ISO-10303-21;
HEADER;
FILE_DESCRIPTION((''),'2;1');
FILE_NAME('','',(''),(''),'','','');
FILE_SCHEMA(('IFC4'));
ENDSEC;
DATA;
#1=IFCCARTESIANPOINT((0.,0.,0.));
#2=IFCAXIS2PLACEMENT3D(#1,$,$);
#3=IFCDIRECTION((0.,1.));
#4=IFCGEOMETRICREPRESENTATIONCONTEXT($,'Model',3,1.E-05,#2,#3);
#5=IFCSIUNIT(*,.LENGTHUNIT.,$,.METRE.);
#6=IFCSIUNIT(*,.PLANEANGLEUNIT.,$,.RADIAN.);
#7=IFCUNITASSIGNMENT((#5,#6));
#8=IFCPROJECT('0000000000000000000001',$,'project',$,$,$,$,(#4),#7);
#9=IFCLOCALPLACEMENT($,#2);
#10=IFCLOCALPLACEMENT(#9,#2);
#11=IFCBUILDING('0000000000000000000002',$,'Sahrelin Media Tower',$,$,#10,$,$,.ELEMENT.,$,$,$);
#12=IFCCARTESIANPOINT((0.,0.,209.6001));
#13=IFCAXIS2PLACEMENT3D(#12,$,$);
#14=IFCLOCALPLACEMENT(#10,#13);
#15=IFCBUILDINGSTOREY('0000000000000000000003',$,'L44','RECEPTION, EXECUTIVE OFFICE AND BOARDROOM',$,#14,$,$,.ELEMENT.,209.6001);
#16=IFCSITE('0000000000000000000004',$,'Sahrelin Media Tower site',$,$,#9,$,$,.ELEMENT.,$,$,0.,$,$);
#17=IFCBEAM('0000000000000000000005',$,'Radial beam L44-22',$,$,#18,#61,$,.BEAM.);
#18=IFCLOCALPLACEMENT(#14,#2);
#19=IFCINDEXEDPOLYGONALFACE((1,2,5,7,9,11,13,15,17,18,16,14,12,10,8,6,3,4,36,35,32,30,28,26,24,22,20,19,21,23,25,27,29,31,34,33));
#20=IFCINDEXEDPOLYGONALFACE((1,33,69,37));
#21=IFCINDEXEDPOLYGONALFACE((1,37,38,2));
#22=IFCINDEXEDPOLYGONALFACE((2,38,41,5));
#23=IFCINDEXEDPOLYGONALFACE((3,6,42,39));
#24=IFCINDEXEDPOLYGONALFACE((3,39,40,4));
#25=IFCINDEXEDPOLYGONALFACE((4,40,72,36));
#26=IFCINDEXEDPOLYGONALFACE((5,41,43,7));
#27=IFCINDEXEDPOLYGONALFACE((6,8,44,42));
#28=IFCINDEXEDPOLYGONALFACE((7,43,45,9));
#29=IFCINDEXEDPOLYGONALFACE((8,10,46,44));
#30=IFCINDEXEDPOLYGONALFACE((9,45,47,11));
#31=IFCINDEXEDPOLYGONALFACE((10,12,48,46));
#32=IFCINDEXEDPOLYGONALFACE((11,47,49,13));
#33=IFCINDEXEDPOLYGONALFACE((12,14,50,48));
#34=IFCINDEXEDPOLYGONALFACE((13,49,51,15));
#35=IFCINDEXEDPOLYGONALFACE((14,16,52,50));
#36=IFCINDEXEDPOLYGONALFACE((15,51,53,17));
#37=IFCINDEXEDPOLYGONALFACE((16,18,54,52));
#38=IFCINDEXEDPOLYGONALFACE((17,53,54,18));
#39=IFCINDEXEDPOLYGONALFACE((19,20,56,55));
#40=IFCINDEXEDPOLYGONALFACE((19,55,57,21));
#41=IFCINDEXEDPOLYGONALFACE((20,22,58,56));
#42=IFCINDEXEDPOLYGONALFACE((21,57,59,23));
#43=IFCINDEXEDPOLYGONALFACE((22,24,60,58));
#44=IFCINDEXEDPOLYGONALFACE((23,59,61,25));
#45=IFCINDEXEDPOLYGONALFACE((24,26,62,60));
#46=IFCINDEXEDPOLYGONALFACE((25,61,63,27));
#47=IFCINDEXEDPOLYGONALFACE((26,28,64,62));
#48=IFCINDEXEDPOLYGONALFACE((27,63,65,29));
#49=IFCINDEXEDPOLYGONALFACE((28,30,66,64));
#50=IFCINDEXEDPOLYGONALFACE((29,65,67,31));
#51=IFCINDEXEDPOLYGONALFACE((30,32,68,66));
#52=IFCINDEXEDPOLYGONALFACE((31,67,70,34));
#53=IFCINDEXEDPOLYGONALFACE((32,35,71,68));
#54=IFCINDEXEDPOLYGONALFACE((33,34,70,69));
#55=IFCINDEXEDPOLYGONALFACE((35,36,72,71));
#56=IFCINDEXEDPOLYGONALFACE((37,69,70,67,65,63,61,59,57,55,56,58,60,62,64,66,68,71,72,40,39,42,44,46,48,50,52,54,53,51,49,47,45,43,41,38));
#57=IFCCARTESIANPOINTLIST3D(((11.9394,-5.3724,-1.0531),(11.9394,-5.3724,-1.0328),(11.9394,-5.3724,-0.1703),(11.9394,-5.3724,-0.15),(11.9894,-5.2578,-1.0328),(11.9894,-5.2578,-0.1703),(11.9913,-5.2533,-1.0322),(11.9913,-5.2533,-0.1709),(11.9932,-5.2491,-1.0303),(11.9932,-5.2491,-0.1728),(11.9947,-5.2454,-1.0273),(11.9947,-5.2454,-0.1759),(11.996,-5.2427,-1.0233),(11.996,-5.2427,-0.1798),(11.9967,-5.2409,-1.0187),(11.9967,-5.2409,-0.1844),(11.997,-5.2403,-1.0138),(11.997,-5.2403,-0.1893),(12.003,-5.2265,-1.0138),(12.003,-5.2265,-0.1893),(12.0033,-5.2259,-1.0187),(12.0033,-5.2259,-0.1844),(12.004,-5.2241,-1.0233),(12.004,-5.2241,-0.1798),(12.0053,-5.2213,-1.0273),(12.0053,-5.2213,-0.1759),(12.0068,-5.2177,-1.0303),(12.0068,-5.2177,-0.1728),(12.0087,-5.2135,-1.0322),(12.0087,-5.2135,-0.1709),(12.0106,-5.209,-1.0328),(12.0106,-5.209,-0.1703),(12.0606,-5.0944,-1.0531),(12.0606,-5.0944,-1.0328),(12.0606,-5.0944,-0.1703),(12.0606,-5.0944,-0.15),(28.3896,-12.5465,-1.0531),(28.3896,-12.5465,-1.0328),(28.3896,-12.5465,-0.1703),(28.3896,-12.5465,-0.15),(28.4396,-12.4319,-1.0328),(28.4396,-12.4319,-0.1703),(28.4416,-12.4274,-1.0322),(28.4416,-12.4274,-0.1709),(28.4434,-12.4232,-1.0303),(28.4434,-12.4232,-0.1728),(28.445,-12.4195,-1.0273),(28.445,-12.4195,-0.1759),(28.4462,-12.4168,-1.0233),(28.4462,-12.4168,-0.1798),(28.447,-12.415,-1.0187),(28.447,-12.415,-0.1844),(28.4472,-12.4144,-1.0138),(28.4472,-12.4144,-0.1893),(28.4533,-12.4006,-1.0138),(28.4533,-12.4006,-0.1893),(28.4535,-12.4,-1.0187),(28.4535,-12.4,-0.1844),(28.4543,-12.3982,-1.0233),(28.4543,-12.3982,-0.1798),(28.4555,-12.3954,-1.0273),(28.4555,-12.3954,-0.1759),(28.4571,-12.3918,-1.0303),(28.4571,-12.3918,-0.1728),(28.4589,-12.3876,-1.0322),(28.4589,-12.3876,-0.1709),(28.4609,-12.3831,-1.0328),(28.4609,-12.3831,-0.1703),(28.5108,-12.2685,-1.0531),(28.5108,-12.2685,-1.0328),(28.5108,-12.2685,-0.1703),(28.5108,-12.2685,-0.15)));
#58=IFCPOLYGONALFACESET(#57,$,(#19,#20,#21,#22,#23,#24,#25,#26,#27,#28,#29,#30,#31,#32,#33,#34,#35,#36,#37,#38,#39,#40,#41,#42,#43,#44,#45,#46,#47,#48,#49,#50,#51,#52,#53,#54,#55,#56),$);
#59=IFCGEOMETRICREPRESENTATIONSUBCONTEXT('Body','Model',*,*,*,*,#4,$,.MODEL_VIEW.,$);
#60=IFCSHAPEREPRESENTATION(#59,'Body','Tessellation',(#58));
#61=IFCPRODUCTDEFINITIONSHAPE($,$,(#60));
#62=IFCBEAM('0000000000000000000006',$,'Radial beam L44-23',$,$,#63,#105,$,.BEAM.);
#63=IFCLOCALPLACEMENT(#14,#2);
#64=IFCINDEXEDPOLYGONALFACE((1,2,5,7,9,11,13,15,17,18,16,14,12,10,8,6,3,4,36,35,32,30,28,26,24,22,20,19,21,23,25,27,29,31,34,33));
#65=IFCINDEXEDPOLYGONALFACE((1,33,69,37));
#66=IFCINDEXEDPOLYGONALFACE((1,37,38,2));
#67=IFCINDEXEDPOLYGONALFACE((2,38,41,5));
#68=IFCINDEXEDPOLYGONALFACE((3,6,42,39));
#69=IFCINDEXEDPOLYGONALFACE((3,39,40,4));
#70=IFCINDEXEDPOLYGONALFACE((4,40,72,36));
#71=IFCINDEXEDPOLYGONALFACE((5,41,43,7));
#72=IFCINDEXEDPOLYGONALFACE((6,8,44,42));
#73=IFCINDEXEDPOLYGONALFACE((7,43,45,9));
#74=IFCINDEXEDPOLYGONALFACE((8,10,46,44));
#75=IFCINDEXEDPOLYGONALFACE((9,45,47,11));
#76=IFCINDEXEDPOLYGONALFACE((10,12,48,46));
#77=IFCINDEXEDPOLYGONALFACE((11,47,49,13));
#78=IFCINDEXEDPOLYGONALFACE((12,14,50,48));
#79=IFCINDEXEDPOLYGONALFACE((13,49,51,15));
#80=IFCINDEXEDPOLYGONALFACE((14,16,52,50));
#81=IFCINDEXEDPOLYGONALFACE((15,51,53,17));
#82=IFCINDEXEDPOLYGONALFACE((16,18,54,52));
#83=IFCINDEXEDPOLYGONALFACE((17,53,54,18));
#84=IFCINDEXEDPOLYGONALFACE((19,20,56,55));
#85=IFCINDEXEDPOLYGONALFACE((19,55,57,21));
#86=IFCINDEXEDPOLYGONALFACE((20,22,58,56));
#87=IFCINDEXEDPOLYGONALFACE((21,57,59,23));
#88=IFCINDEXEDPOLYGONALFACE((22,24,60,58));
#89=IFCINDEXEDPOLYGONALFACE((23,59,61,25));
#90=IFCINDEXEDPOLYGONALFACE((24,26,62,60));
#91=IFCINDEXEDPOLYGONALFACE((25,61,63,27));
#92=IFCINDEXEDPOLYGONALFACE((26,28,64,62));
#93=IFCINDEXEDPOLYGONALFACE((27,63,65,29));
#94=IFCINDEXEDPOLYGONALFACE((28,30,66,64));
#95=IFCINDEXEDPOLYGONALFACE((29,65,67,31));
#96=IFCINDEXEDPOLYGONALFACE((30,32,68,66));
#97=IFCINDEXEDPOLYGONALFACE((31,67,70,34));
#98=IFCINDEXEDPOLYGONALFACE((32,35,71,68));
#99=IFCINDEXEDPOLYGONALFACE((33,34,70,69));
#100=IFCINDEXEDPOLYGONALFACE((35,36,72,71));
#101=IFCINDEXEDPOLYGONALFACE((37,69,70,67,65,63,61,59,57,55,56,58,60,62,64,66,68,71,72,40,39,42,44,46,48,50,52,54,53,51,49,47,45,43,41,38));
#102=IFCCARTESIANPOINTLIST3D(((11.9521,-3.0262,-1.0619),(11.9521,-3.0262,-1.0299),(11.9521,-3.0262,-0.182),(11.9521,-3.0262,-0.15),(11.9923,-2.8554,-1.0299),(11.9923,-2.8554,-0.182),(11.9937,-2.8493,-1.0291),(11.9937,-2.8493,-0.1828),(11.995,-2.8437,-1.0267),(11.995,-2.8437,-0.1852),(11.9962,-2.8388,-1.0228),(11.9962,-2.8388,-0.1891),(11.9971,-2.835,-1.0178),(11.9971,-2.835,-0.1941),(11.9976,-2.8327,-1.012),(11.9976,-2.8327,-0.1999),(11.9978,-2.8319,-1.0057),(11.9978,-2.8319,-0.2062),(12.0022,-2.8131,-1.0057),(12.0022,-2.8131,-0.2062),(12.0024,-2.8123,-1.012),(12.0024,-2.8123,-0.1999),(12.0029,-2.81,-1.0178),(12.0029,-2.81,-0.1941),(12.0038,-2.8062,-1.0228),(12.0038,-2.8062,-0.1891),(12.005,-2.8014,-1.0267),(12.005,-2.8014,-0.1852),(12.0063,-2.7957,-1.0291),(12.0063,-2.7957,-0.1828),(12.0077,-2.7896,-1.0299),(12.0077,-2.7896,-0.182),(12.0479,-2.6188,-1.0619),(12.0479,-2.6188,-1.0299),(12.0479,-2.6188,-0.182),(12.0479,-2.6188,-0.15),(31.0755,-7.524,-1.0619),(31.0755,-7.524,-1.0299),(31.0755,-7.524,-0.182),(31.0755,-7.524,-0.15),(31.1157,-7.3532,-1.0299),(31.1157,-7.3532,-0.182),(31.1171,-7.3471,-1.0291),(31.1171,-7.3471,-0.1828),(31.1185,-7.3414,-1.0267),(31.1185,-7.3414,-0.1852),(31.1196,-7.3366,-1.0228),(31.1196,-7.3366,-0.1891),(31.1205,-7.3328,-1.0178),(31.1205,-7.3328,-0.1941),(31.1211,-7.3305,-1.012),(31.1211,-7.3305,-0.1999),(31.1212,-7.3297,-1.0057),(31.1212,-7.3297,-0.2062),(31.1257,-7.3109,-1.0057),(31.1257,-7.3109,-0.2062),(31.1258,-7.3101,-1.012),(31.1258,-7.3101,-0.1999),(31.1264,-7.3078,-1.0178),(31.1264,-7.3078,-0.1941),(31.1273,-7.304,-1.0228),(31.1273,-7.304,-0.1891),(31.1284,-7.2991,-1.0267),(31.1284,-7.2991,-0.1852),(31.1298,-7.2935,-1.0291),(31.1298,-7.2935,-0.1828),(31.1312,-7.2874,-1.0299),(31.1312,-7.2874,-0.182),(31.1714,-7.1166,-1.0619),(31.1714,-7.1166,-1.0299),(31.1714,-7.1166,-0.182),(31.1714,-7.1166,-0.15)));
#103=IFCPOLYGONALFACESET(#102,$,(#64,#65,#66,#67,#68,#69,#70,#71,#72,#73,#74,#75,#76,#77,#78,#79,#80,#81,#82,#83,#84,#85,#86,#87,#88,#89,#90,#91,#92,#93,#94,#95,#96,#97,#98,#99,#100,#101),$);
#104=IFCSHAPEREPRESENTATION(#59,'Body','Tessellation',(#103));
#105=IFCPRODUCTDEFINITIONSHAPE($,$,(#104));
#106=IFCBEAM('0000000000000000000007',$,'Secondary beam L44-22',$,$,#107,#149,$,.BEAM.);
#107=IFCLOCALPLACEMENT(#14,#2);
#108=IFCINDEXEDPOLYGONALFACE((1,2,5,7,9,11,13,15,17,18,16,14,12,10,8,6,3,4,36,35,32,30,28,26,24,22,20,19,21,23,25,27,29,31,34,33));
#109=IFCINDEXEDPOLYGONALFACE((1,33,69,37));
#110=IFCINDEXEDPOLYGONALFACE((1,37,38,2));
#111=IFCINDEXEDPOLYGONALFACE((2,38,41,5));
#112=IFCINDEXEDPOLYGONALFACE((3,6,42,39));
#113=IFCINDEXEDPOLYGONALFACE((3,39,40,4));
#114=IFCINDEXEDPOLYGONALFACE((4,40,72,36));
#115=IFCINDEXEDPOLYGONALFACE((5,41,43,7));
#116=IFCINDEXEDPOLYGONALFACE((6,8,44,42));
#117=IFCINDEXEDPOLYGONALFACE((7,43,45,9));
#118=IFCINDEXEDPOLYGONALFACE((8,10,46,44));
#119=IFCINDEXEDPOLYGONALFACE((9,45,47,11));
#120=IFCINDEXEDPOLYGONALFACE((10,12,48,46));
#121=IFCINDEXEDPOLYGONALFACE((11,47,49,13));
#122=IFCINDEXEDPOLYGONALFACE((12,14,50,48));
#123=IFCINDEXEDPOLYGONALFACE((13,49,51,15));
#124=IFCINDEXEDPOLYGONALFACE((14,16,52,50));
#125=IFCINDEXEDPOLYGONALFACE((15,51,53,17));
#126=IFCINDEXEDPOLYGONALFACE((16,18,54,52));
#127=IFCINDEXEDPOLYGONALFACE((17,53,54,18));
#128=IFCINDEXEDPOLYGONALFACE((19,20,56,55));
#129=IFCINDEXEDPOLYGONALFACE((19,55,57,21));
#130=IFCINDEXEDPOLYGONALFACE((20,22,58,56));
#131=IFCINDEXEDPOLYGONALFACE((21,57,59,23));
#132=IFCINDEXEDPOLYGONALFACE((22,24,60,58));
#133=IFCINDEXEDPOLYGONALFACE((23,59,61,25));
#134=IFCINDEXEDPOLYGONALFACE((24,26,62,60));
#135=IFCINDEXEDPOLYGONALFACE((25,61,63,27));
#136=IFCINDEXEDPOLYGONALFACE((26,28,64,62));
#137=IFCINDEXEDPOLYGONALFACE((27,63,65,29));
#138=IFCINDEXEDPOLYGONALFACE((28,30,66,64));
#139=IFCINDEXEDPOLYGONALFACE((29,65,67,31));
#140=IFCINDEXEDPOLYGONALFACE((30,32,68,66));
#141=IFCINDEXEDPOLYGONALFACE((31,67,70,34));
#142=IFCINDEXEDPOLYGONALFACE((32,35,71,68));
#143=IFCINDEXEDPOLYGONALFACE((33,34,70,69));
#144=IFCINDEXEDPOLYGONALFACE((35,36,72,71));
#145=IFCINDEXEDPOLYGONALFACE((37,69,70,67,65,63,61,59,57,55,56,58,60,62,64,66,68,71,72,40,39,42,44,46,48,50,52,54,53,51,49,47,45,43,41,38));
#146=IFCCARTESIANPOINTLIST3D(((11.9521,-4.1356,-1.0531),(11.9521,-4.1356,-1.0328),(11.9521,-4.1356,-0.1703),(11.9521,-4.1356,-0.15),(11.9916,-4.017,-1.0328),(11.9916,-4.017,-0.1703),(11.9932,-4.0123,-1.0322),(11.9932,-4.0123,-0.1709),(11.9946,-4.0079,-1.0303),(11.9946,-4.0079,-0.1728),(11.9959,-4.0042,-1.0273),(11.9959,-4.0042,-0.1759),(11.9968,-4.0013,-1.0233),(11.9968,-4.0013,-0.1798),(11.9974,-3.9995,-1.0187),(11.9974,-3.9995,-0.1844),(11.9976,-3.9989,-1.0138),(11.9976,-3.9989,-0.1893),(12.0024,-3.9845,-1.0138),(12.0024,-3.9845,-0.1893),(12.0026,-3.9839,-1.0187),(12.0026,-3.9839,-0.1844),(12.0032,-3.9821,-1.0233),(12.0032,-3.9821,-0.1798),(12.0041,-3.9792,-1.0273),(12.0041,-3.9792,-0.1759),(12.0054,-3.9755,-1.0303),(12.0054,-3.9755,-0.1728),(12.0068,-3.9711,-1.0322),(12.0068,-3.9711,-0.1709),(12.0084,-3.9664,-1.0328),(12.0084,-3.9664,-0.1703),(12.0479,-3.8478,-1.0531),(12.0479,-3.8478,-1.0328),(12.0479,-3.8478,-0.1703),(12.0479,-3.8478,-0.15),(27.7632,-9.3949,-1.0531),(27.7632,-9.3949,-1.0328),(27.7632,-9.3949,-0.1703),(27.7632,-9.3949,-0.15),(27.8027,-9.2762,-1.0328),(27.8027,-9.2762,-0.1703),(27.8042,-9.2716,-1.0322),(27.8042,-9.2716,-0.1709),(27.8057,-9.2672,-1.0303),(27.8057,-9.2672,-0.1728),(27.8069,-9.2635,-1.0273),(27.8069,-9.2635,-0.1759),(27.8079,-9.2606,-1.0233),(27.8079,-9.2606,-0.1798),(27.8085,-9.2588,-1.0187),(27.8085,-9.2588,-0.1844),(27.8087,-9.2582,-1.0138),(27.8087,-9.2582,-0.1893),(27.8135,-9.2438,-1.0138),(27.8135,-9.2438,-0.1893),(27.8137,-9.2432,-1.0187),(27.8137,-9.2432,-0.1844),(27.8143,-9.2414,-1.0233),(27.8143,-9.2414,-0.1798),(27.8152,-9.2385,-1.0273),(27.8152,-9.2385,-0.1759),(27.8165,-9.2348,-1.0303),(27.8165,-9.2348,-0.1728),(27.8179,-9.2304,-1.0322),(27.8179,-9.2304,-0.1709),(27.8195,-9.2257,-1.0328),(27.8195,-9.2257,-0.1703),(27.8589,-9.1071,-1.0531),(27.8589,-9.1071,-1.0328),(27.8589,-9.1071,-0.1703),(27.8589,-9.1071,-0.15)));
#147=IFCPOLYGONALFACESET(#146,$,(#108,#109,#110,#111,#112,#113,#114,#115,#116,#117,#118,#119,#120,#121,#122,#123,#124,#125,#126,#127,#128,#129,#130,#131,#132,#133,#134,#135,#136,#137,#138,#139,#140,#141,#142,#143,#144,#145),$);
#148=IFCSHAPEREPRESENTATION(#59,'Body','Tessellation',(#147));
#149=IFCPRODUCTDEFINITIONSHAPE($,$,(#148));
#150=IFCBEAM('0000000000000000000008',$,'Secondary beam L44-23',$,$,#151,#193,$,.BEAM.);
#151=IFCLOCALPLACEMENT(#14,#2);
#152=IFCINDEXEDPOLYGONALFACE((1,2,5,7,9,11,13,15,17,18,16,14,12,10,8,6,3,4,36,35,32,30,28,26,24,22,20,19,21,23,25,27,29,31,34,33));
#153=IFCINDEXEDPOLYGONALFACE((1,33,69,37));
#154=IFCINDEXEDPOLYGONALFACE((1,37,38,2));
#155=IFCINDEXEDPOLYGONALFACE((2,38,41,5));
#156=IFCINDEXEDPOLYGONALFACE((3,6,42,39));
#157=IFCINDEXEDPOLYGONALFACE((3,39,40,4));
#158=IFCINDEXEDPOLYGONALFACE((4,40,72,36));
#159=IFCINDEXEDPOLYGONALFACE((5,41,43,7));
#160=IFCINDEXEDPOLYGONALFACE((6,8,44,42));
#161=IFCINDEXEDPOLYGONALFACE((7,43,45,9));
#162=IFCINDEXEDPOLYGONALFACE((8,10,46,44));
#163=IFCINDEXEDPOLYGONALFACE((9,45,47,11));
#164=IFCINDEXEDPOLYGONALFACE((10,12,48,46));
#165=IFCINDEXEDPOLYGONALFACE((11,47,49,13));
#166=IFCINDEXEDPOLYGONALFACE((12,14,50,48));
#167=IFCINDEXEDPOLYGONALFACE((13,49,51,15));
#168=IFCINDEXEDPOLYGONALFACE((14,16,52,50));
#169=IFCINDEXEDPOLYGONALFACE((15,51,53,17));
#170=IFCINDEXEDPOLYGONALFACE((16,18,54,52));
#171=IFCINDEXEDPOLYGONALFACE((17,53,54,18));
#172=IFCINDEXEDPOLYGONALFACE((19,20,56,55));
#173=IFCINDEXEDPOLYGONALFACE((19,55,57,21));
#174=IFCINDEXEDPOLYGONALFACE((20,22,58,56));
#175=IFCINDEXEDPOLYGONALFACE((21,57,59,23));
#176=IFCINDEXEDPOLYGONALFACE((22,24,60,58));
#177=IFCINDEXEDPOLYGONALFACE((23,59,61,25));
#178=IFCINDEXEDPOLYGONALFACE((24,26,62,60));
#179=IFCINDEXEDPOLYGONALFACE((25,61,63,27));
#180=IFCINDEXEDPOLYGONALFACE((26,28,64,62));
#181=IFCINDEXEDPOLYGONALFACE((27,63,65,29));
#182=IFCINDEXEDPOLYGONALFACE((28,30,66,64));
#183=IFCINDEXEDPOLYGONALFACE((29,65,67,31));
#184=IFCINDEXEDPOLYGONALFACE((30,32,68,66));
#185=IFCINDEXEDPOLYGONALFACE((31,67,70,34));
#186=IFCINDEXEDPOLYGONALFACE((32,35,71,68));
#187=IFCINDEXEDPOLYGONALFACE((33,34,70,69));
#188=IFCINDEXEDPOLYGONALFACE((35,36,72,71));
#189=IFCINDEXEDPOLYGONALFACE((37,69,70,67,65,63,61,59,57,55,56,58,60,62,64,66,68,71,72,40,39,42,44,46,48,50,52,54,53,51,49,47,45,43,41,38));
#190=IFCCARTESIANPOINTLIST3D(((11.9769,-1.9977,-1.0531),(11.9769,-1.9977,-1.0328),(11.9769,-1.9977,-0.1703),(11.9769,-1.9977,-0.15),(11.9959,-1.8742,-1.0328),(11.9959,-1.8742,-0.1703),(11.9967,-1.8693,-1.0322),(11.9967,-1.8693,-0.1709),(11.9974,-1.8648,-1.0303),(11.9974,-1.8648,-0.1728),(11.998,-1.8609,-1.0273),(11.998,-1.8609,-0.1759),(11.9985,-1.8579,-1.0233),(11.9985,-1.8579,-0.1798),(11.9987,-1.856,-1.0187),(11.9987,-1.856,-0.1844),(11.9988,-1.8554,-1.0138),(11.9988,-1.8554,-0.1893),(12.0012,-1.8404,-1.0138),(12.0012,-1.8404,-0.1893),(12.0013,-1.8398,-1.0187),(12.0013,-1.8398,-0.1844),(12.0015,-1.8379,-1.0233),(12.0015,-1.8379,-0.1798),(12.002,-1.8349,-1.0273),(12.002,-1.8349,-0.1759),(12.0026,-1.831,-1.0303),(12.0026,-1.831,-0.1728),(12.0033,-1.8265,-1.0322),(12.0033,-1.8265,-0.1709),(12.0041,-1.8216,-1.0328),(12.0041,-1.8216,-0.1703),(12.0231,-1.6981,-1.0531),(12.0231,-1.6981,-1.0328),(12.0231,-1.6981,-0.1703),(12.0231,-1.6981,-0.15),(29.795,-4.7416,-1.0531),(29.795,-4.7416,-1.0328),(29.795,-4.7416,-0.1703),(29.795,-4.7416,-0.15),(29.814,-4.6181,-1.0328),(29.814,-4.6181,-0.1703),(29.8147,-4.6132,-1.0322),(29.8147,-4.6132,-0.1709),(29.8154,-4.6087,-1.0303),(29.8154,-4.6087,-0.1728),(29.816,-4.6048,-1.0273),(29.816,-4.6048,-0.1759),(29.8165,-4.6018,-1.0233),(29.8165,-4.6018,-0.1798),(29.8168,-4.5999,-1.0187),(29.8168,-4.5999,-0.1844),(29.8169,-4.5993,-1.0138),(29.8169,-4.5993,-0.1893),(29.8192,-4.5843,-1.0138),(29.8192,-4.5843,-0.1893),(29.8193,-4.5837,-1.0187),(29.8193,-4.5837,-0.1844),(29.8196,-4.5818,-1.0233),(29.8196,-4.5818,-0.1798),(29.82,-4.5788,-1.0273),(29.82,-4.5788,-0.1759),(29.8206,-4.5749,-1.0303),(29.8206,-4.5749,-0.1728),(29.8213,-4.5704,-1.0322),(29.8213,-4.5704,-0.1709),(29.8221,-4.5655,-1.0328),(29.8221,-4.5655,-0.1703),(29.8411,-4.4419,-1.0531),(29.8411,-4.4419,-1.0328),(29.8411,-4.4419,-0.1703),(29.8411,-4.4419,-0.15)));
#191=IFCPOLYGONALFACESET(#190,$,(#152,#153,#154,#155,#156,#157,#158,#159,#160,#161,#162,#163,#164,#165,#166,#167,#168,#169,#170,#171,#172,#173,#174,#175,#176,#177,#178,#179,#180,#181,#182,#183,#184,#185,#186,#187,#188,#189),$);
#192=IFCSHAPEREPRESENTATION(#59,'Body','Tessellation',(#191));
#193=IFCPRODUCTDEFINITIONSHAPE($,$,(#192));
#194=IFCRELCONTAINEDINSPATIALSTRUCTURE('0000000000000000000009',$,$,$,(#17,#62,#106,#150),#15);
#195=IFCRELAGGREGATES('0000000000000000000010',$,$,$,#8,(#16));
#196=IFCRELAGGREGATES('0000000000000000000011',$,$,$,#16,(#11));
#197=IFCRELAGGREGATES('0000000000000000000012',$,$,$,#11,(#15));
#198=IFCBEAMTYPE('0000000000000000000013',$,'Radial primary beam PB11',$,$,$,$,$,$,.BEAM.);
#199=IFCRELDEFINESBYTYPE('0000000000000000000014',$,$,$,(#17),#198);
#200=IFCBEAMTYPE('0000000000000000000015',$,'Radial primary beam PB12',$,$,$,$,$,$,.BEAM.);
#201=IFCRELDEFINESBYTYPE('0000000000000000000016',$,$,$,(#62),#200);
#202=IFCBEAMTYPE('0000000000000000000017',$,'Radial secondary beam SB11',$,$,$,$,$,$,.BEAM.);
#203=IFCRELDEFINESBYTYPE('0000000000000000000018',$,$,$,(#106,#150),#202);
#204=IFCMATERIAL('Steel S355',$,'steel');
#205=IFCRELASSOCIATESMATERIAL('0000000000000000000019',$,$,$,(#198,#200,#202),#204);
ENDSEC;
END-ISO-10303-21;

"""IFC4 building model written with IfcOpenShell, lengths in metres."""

from ifc_helpers import new_model, si_unit, direction, frame, origin, origin_2d, place, context, subcontext, project, spatial, i_section, extrude, material, material_profile, profile_set, type_object, element, save


model = new_model("IFC4")

# Units and contexts
model_context = context("Model", 3, precision=1e-05, world=origin(), true_north=direction((0.0, 1.0)))
body_context = subcontext(model_context, "Body", "Model", "MODEL_VIEW")
ifc_project = project(units=[si_unit("LENGTHUNIT", "METRE"), si_unit("PLANEANGLEUNIT", "RADIAN")], contexts=[model_context])

# Site, building, storey
site_placement = place(None, origin())
site = spatial("IfcSite", under=ifc_project, at=site_placement, Name="Sahrelin Media Tower site", CompositionType="ELEMENT", RefElevation=0.0)
building_placement = place(site_placement, origin())
building = spatial("IfcBuilding", under=site, at=building_placement, Name="Sahrelin Media Tower", CompositionType="ELEMENT")
storey_placement = place(building_placement, frame((0.0, 0.0, 209.6001)))
storey = spatial("IfcBuildingStorey", under=building, at=storey_placement, Name="L44", Description="RECEPTION, EXECUTIVE OFFICE AND BOARDROOM", CompositionType="ELEMENT", Elevation=209.6001)

# Beams
ifc_material_1 = material(Name="Steel S355", Category="steel")
ifc_material_profile_1 = material_profile(ifc_material_1, i_section(OverallWidth=0.3032, OverallDepth=0.9031, WebThickness=0.0151, FlangeThickness=0.0203, FilletRadius=0.019, at=origin_2d()), Name="UB 914x305x201")
ifc_profile_set_1 = profile_set([ifc_material_profile_1], Name="Steel S355")
beam_type_1 = type_object("IfcBeamType", Name="Radial primary beam PB11", PredefinedType="BEAM", material=ifc_profile_set_1)
beam_1_placement = place(storey_placement, frame((12.0, -5.2334, -0.6016), z_axis=(0.916625, -0.399748, 0.0), x_axis=(0.399748, 0.916625, 0.0)))
element("IfcBeam", 1, at=beam_1_placement, inside=storey, type_object=beam_type_1, Name="Radial beam L44-22", PredefinedType="BEAM", context=body_context, shape_type="SweptSolid", body=[
    extrude(i_section(OverallWidth=0.3032, OverallDepth=0.9031, WebThickness=0.0151, FlangeThickness=0.0203, FilletRadius=0.019, at=origin_2d()), origin(), (0.0, 0.0, 1.0), 17.9465),
])
ifc_material_profile_2 = material_profile(ifc_material_1, i_section(OverallWidth=0.4185, OverallDepth=0.9119, WebThickness=0.0193, FlangeThickness=0.032, FilletRadius=0.0242, at=origin_2d()), Name="UB 914x419x343")
ifc_profile_set_2 = profile_set([ifc_material_profile_2], Name="Steel S355")
beam_type_2 = type_object("IfcBeamType", Name="Radial primary beam PB12", PredefinedType="BEAM", material=ifc_profile_set_2)
beam_2_placement = place(storey_placement, frame((12.0, -2.8225, -0.606), z_axis=(0.973438, -0.22895, 0.0), x_axis=(0.22895, 0.973438, 0.0)))
element("IfcBeam", 2, at=beam_2_placement, inside=storey, type_object=beam_type_2, Name="Radial beam L44-23", PredefinedType="BEAM", context=body_context, shape_type="SweptSolid", body=[
    extrude(i_section(OverallWidth=0.4185, OverallDepth=0.9119, WebThickness=0.0193, FlangeThickness=0.032, FilletRadius=0.0242, at=origin_2d()), origin(), (0.0, 0.0, 1.0), 19.6453),
])
ifc_material_profile_3 = material_profile(ifc_material_1, i_section(OverallWidth=0.3032, OverallDepth=0.9031, WebThickness=0.0151, FlangeThickness=0.0203, FilletRadius=0.019, at=origin_2d()), Name="UB 914x305x201")
ifc_profile_set_3 = profile_set([ifc_material_profile_3], Name="Steel S355")
beam_type_3 = type_object("IfcBeamType", Name="Radial secondary beam SB11", PredefinedType="BEAM", material=ifc_profile_set_3)
beam_3_placement = place(storey_placement, frame((12.0, -3.9917, -0.6016), z_axis=(0.948882, -0.31563, 0.0), x_axis=(0.31563, 0.948882, 0.0)))
element("IfcBeam", 3, at=beam_3_placement, inside=storey, type_object=beam_type_3, Name="Secondary beam L44-22", PredefinedType="BEAM", context=body_context, shape_type="SweptSolid", body=[
    extrude(i_section(OverallWidth=0.3032, OverallDepth=0.9031, WebThickness=0.0151, FlangeThickness=0.0203, FilletRadius=0.019, at=origin_2d()), origin(), (0.0, 0.0, 1.0), 16.6628),
])
beam_4_placement = place(storey_placement, frame((12.0, -1.8479, -0.6016), z_axis=(0.98835, -0.152201, 0.0), x_axis=(0.152201, 0.98835, 0.0)))
element("IfcBeam", 4, at=beam_4_placement, inside=storey, type_object=beam_type_3, Name="Secondary beam L44-23", PredefinedType="BEAM", context=body_context, shape_type="SweptSolid", body=[
    extrude(i_section(OverallWidth=0.3032, OverallDepth=0.9031, WebThickness=0.0151, FlangeThickness=0.0203, FilletRadius=0.019, at=origin_2d()), origin(), (0.0, 0.0, 1.0), 18.0281),
])

save(model, "model.ifc")
